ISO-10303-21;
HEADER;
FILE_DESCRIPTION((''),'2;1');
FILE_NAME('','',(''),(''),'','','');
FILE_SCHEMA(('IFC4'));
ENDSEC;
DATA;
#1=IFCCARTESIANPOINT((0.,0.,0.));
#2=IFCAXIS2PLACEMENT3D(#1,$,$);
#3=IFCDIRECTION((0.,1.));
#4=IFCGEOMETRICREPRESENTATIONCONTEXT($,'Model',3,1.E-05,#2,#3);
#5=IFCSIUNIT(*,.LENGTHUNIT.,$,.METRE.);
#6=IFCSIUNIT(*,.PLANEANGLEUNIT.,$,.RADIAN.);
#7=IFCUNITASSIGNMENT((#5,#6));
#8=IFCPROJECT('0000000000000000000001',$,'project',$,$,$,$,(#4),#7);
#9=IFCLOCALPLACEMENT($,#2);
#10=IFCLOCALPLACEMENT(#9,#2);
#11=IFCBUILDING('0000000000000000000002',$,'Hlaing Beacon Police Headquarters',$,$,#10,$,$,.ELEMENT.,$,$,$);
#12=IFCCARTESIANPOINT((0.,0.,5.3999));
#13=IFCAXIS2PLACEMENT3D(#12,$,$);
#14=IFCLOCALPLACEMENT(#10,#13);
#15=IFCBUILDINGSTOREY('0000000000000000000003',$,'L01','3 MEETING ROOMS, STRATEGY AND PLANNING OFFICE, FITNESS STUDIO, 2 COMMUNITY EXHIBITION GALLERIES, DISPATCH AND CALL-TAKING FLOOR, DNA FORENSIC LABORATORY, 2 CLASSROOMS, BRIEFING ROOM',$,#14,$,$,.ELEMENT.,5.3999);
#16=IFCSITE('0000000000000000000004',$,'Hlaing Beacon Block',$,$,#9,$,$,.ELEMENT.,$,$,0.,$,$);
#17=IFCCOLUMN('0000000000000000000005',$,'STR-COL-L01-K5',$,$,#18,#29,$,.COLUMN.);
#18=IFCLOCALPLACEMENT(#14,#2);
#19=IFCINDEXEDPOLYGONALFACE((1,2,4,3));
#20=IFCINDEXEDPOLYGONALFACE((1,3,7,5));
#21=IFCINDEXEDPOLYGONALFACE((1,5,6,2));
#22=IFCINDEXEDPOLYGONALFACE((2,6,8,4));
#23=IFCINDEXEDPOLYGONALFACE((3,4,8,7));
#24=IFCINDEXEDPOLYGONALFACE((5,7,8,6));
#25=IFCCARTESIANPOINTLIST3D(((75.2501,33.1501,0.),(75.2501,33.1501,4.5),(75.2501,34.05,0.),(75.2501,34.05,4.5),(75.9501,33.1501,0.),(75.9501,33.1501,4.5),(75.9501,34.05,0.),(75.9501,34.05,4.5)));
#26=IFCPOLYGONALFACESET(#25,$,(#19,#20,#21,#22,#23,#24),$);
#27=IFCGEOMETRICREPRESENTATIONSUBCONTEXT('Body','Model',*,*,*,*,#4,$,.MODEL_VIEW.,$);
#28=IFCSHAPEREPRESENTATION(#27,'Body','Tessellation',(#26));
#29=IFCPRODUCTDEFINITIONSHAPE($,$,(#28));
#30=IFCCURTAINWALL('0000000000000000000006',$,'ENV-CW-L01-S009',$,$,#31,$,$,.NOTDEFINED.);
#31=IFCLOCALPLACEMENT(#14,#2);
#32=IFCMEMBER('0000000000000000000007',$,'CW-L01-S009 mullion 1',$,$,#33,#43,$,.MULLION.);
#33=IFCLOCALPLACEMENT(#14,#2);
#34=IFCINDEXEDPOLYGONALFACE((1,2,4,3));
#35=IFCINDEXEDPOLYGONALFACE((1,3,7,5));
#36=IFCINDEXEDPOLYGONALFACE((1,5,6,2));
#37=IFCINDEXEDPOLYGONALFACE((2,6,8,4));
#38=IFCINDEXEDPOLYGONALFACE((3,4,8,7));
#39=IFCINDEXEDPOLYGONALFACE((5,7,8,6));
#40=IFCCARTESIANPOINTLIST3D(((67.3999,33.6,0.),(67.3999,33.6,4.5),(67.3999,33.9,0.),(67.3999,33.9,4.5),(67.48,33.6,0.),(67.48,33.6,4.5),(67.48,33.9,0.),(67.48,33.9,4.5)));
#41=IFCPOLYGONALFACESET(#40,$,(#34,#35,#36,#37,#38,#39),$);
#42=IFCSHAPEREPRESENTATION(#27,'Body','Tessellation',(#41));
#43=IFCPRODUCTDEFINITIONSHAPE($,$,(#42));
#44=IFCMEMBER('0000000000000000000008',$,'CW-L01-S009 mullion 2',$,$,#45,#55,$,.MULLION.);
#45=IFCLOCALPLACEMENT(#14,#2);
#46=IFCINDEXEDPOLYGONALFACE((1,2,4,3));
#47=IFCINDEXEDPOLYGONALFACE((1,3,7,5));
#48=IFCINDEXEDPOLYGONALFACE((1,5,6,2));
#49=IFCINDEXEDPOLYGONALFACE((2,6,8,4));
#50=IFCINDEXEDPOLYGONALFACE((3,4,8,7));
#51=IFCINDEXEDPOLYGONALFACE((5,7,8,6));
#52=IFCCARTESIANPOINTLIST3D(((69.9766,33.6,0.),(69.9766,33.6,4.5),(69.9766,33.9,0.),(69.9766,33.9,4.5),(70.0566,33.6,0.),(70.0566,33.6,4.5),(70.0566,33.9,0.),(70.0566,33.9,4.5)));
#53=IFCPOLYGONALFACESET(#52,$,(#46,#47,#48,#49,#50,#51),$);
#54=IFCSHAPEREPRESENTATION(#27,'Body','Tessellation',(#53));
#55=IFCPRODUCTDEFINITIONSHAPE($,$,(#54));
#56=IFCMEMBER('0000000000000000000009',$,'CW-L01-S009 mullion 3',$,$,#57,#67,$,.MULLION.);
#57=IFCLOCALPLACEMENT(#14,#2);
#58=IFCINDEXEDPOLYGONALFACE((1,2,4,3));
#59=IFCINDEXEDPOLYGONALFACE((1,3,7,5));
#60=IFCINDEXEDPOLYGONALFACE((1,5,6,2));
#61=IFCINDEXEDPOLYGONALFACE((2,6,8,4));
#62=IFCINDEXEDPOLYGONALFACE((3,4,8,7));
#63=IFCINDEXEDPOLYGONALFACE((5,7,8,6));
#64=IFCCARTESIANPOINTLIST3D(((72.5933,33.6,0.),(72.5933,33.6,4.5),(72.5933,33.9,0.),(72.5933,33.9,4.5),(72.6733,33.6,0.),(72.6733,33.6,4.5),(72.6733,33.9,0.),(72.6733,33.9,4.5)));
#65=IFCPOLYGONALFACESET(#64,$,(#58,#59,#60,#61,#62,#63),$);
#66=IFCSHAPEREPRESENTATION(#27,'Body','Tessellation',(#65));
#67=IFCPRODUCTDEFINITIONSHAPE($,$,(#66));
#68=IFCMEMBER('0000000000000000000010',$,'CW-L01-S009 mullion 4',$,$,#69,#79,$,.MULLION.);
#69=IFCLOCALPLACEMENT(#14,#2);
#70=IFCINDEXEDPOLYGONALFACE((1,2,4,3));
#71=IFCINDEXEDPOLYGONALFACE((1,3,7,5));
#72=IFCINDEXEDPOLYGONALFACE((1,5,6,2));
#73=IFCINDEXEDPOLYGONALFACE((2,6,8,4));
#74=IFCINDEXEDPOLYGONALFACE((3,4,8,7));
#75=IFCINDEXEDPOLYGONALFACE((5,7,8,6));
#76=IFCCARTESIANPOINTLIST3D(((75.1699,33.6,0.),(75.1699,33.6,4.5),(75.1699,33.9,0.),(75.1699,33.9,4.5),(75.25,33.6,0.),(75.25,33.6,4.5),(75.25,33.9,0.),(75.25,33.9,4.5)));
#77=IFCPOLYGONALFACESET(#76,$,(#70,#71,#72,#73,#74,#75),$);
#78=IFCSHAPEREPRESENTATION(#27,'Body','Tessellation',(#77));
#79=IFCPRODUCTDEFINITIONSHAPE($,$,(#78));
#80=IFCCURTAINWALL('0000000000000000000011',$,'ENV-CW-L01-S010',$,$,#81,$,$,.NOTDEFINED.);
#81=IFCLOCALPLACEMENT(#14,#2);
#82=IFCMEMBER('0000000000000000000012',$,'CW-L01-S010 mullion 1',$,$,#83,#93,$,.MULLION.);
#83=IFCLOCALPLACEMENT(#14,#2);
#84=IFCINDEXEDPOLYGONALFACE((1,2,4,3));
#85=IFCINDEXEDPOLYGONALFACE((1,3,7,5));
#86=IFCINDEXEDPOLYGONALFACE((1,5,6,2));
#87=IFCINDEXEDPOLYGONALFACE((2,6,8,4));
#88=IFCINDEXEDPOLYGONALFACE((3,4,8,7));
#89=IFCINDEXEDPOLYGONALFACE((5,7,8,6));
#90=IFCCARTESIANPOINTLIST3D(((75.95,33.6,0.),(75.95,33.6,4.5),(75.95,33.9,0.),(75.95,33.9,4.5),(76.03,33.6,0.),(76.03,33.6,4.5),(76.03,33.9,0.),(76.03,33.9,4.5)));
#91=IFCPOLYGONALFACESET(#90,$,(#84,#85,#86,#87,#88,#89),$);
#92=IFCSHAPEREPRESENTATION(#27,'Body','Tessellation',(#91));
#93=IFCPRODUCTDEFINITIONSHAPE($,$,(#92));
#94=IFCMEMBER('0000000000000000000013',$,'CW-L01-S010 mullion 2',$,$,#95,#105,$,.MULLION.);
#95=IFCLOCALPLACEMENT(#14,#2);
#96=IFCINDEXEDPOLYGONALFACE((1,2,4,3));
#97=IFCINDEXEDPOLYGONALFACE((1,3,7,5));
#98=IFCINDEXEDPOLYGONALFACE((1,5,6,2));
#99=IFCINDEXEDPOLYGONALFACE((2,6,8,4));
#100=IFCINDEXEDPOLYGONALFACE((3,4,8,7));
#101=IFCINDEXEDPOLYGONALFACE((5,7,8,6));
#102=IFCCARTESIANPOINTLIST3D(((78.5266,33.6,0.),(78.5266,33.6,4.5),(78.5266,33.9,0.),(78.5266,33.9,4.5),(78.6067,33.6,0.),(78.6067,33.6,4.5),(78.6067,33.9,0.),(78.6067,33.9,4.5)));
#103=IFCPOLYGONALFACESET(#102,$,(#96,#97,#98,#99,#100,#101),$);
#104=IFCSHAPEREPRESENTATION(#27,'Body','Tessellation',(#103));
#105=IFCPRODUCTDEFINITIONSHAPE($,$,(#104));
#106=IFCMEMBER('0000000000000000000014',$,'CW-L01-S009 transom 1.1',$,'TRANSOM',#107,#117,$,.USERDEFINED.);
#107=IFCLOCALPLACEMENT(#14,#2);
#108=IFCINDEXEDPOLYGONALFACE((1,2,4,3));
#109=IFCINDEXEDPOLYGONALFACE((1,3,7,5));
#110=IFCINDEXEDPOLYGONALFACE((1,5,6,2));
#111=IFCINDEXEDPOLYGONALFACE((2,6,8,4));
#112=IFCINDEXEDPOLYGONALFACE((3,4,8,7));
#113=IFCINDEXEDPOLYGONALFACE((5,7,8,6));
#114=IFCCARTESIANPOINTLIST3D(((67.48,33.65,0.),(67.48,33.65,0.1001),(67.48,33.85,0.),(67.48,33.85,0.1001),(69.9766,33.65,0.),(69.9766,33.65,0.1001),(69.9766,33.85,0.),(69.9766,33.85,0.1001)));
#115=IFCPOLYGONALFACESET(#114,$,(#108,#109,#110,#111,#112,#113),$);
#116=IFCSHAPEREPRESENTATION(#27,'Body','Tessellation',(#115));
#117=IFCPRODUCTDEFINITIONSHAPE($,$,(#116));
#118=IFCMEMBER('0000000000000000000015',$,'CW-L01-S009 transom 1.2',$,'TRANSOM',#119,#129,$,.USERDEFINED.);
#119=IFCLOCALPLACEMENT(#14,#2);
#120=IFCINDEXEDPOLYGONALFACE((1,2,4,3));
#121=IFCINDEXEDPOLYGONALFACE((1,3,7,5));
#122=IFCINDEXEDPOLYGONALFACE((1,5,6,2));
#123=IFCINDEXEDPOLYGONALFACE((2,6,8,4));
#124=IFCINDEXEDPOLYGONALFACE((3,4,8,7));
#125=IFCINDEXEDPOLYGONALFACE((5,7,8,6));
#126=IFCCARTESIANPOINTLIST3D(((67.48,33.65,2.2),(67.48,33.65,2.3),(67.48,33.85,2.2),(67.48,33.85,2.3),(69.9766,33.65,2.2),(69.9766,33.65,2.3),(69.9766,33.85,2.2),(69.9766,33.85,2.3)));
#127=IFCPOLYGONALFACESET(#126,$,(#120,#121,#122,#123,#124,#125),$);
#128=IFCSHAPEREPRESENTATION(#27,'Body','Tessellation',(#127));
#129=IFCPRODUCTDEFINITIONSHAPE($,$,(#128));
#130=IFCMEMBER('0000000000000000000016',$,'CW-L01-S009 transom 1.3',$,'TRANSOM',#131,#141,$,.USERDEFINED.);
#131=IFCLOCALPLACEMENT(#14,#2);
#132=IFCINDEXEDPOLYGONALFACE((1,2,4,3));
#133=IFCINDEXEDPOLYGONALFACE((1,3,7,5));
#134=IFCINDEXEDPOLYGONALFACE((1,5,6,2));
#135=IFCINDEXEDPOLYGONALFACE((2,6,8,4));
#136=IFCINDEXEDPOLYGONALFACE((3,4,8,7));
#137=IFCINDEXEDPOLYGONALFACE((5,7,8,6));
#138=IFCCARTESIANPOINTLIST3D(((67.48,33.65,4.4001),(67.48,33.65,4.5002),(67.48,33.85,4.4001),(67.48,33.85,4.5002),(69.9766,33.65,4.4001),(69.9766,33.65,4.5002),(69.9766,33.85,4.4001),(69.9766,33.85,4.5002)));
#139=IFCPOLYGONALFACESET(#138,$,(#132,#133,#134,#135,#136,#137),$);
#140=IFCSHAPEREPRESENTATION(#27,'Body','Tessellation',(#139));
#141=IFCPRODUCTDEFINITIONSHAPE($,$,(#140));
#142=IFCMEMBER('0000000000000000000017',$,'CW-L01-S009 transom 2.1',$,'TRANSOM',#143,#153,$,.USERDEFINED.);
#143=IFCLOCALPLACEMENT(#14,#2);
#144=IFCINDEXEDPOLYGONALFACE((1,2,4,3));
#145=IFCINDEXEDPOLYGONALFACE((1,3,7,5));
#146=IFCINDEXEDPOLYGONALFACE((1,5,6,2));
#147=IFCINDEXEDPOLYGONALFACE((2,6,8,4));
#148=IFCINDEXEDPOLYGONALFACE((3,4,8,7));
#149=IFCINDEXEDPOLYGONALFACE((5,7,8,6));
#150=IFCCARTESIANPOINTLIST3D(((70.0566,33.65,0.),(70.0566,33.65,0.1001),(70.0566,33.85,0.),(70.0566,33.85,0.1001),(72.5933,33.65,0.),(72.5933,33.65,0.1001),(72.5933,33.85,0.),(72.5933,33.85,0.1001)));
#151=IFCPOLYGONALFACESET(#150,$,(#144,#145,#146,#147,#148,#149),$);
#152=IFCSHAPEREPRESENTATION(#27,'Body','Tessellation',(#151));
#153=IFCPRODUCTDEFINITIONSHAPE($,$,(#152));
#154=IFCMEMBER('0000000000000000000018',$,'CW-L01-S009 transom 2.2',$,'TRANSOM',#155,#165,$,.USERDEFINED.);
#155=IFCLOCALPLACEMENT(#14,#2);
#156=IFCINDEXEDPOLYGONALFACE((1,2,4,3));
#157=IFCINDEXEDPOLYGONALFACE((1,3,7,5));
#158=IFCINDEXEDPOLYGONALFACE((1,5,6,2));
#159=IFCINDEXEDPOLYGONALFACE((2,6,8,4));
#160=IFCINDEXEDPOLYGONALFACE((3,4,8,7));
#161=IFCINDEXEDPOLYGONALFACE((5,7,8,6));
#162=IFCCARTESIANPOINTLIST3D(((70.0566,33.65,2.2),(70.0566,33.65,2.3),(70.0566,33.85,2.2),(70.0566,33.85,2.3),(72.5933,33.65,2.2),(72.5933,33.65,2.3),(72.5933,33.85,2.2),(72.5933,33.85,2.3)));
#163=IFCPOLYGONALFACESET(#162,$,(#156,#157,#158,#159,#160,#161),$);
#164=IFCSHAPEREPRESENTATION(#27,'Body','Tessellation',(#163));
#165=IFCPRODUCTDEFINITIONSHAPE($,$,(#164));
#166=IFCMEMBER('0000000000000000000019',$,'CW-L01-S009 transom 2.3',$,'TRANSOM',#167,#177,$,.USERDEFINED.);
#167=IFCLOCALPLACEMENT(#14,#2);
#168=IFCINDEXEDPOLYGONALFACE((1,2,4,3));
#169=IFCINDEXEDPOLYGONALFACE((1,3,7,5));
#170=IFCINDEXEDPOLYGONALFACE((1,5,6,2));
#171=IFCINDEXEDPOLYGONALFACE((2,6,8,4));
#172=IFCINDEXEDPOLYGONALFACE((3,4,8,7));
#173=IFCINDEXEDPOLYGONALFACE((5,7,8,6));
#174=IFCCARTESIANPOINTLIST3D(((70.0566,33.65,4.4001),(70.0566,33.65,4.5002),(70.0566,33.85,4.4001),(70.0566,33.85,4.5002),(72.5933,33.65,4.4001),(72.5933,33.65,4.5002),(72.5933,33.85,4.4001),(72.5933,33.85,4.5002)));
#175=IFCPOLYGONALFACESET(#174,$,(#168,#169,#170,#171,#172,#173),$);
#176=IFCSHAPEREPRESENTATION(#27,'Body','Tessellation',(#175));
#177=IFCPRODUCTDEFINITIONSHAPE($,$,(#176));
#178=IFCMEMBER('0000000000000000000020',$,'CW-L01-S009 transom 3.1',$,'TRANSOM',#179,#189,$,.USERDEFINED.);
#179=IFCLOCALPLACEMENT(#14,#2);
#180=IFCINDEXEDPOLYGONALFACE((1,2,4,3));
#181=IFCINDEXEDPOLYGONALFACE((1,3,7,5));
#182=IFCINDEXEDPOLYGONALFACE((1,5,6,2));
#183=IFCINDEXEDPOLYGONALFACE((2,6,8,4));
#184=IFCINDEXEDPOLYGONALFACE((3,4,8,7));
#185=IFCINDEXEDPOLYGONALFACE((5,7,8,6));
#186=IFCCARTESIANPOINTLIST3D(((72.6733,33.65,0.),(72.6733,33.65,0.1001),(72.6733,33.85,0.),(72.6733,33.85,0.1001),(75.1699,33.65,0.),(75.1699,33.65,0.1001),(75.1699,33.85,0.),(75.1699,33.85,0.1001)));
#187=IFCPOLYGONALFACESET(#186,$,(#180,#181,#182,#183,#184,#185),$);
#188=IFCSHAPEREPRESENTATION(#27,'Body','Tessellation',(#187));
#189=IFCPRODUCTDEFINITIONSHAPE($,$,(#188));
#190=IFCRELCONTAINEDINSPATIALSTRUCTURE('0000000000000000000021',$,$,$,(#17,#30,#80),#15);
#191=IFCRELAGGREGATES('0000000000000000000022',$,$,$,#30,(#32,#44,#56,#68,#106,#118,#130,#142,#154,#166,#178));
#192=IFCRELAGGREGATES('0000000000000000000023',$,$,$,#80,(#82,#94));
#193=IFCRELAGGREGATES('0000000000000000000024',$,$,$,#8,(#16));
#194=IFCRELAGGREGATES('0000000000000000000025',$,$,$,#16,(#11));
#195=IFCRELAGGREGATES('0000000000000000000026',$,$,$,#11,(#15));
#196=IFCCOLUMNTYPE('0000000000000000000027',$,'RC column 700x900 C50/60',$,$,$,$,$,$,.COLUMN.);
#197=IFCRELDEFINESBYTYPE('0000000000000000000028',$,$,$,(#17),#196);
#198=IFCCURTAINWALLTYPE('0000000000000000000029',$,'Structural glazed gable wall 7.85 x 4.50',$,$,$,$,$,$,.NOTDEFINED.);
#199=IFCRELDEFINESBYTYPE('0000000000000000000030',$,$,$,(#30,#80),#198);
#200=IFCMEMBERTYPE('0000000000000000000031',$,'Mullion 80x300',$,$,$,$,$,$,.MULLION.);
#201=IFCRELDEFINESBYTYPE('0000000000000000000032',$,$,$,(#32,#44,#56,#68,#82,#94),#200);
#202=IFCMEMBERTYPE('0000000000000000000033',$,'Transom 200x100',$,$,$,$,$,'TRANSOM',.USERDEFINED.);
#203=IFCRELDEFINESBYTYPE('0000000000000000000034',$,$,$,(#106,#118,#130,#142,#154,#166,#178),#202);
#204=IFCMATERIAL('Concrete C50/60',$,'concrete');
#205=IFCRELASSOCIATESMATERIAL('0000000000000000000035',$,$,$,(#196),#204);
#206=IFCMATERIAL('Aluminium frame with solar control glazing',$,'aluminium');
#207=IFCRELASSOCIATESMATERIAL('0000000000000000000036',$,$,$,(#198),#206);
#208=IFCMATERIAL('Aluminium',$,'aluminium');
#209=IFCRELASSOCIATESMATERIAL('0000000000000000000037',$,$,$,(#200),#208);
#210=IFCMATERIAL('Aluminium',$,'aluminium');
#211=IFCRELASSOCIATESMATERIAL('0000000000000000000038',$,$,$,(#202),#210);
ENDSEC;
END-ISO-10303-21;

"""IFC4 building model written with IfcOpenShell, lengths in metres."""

from ifc_helpers import new_model, si_unit, direction, frame, origin, origin_2d, place, context, subcontext, project, spatial, rectangle, extrude, material, material_profile, profile_set, type_object, element, aggregate, save


model = new_model("IFC4")

# Units and contexts
model_context = context("Model", 3, precision=1e-05, world=origin(), true_north=direction((0.0, 1.0)))
body_context = subcontext(model_context, "Body", "Model", "MODEL_VIEW")
ifc_project = project(units=[si_unit("LENGTHUNIT", "METRE"), si_unit("PLANEANGLEUNIT", "RADIAN")], contexts=[model_context])

# Site, building, storey
site_placement = place(None, origin())
site = spatial("IfcSite", under=ifc_project, at=site_placement, Name="Hlaing Beacon Block", CompositionType="ELEMENT", RefElevation=0.0)
building_placement = place(site_placement, origin())
building = spatial("IfcBuilding", under=site, at=building_placement, Name="Hlaing Beacon Police Headquarters", CompositionType="ELEMENT")
storey_placement = place(building_placement, frame((0.0, 0.0, 5.3999)))
storey = spatial("IfcBuildingStorey", under=building, at=storey_placement, Name="L01", Description="3 MEETING ROOMS, STRATEGY AND PLANNING OFFICE, FITNESS STUDIO, 2 COMMUNITY EXHIBITION GALLERIES, DISPATCH AND CALL-TAKING FLOOR, DNA FORENSIC LABORATORY, 2 CLASSROOMS, BRIEFING ROOM", CompositionType="ELEMENT", Elevation=5.3999)

# Column
ifc_material_1 = material(Name="Concrete C50/60", Category="concrete")
ifc_material_profile_1 = material_profile(ifc_material_1, rectangle(XDim=0.7, YDim=0.8999, at=origin_2d()), Name="700x900")
ifc_profile_set_1 = profile_set([ifc_material_profile_1], Name="Concrete C50/60")
column_type = type_object("IfcColumnType", Name="RC column 700x900 C50/60", PredefinedType="COLUMN", material=ifc_profile_set_1)
column_placement = place(storey_placement, frame((75.6001, 33.6001, 0.0), z_axis=(0.0, 0.0, 1.0), x_axis=(1.0, 0.0, 0.0)))
element("IfcColumn", 1, at=column_placement, inside=storey, type_object=column_type, Name="STR-COL-L01-K5", PredefinedType="COLUMN", context=body_context, shape_type="SweptSolid", body=[
    extrude(rectangle(XDim=0.7, YDim=0.8999, at=origin_2d()), origin(), (0.0, 0.0, 1.0), 4.5),
])

# Curtain walls, members
ifc_material_2 = material(Name="Aluminium frame with solar control glazing", Category="aluminium")
curtain_wall_type = type_object("IfcCurtainWallType", Name="Structural glazed gable wall 7.85 x 4.50", PredefinedType="NOTDEFINED", material=ifc_material_2)
curtain_wall_1_placement = place(storey_placement, origin())
curtain_wall_1 = element("IfcCurtainWall", 2, at=curtain_wall_1_placement, inside=storey, type_object=curtain_wall_type, Name="ENV-CW-L01-S009", PredefinedType="NOTDEFINED")
ifc_material_3 = material(Name="Aluminium", Category="aluminium")
ifc_material_profile_2 = material_profile(ifc_material_3, rectangle(XDim=0.3, YDim=0.0801, at=origin_2d()), Name="Mullion 80x300")
ifc_profile_set_2 = profile_set([ifc_material_profile_2], Name="Aluminium")
member_type_1 = type_object("IfcMemberType", Name="Mullion 80x300", PredefinedType="MULLION", material=ifc_profile_set_2)
member_1_placement = place(storey_placement, frame((67.4399, 33.75, 0.0), z_axis=(0.0, 0.0, 1.0), x_axis=(0.0, 1.0, 0.0)))
member_1 = element("IfcMember", 3, at=member_1_placement, type_object=member_type_1, Name="CW-L01-S009 mullion 1", PredefinedType="MULLION", context=body_context, shape_type="SweptSolid", body=[
    extrude(rectangle(XDim=0.3, YDim=0.0801, at=origin_2d()), origin(), (0.0, 0.0, 1.0), 4.5),
])
member_2_placement = place(storey_placement, frame((70.0166, 33.75, 0.0), z_axis=(0.0, 0.0, 1.0), x_axis=(0.0, 1.0, 0.0)))
member_2 = element("IfcMember", 4, at=member_2_placement, type_object=member_type_1, Name="CW-L01-S009 mullion 2", PredefinedType="MULLION", context=body_context, shape_type="SweptSolid", body=[
    extrude(rectangle(XDim=0.3, YDim=0.0801, at=origin_2d()), origin(), (0.0, 0.0, 1.0), 4.5),
])
member_3_placement = place(storey_placement, frame((72.6333, 33.75, 0.0), z_axis=(0.0, 0.0, 1.0), x_axis=(0.0, 1.0, 0.0)))
member_3 = element("IfcMember", 5, at=member_3_placement, type_object=member_type_1, Name="CW-L01-S009 mullion 3", PredefinedType="MULLION", context=body_context, shape_type="SweptSolid", body=[
    extrude(rectangle(XDim=0.3, YDim=0.0801, at=origin_2d()), origin(), (0.0, 0.0, 1.0), 4.5),
])
member_4_placement = place(storey_placement, frame((75.21, 33.75, 0.0), z_axis=(0.0, 0.0, 1.0), x_axis=(0.0, 1.0, 0.0)))
member_4 = element("IfcMember", 6, at=member_4_placement, type_object=member_type_1, Name="CW-L01-S009 mullion 4", PredefinedType="MULLION", context=body_context, shape_type="SweptSolid", body=[
    extrude(rectangle(XDim=0.3, YDim=0.0801, at=origin_2d()), origin(), (0.0, 0.0, 1.0), 4.5),
])
curtain_wall_2_placement = place(storey_placement, origin())
curtain_wall_2 = element("IfcCurtainWall", 7, at=curtain_wall_2_placement, inside=storey, type_object=curtain_wall_type, Name="ENV-CW-L01-S010", PredefinedType="NOTDEFINED")
member_5_placement = place(storey_placement, frame((75.99, 33.75, 0.0), z_axis=(0.0, 0.0, 1.0), x_axis=(0.0, 1.0, 0.0)))
member_5 = element("IfcMember", 8, at=member_5_placement, type_object=member_type_1, Name="CW-L01-S010 mullion 1", PredefinedType="MULLION", context=body_context, shape_type="SweptSolid", body=[
    extrude(rectangle(XDim=0.3, YDim=0.0801, at=origin_2d()), origin(), (0.0, 0.0, 1.0), 4.5),
])
member_6_placement = place(storey_placement, frame((78.5667, 33.75, 0.0), z_axis=(0.0, 0.0, 1.0), x_axis=(0.0, 1.0, 0.0)))
member_6 = element("IfcMember", 9, at=member_6_placement, type_object=member_type_1, Name="CW-L01-S010 mullion 2", PredefinedType="MULLION", context=body_context, shape_type="SweptSolid", body=[
    extrude(rectangle(XDim=0.3, YDim=0.0801, at=origin_2d()), origin(), (0.0, 0.0, 1.0), 4.5),
])

# Members
ifc_material_4 = material(Name="Aluminium", Category="aluminium")
ifc_material_profile_3 = material_profile(ifc_material_4, rectangle(XDim=0.2, YDim=0.1001, at=origin_2d()), Name="Transom 200x100")
ifc_profile_set_3 = profile_set([ifc_material_profile_3], Name="Aluminium")
member_type_2 = type_object("IfcMemberType", Name="Transom 200x100", ElementType="TRANSOM", PredefinedType="USERDEFINED", material=ifc_profile_set_3)
member_7_placement = place(storey_placement, frame((67.48, 33.75, 0.05), z_axis=(1.0, 0.0, 0.0), x_axis=(0.0, 1.0, 0.0)))
member_7 = element("IfcMember", 10, at=member_7_placement, type_object=member_type_2, Name="CW-L01-S009 transom 1.1", ObjectType="TRANSOM", PredefinedType="USERDEFINED", context=body_context, shape_type="SweptSolid", body=[
    extrude(rectangle(XDim=0.2, YDim=0.1001, at=origin_2d()), origin(), (0.0, 0.0, 1.0), 2.4966),
])
member_8_placement = place(storey_placement, frame((67.48, 33.75, 2.25), z_axis=(1.0, 0.0, 0.0), x_axis=(0.0, 1.0, 0.0)))
member_8 = element("IfcMember", 11, at=member_8_placement, type_object=member_type_2, Name="CW-L01-S009 transom 1.2", ObjectType="TRANSOM", PredefinedType="USERDEFINED", context=body_context, shape_type="SweptSolid", body=[
    extrude(rectangle(XDim=0.2, YDim=0.1001, at=origin_2d()), origin(), (0.0, 0.0, 1.0), 2.4966),
])
member_9_placement = place(storey_placement, frame((67.48, 33.75, 4.4502), z_axis=(1.0, 0.0, 0.0), x_axis=(0.0, 1.0, 0.0)))
member_9 = element("IfcMember", 12, at=member_9_placement, type_object=member_type_2, Name="CW-L01-S009 transom 1.3", ObjectType="TRANSOM", PredefinedType="USERDEFINED", context=body_context, shape_type="SweptSolid", body=[
    extrude(rectangle(XDim=0.2, YDim=0.1001, at=origin_2d()), origin(), (0.0, 0.0, 1.0), 2.4966),
])
member_10_placement = place(storey_placement, frame((70.0566, 33.75, 0.05), z_axis=(1.0, 0.0, 0.0), x_axis=(0.0, 1.0, 0.0)))
member_10 = element("IfcMember", 13, at=member_10_placement, type_object=member_type_2, Name="CW-L01-S009 transom 2.1", ObjectType="TRANSOM", PredefinedType="USERDEFINED", context=body_context, shape_type="SweptSolid", body=[
    extrude(rectangle(XDim=0.2, YDim=0.1001, at=origin_2d()), origin(), (0.0, 0.0, 1.0), 2.5366),
])
member_11_placement = place(storey_placement, frame((70.0566, 33.75, 2.25), z_axis=(1.0, 0.0, 0.0), x_axis=(0.0, 1.0, 0.0)))
member_11 = element("IfcMember", 14, at=member_11_placement, type_object=member_type_2, Name="CW-L01-S009 transom 2.2", ObjectType="TRANSOM", PredefinedType="USERDEFINED", context=body_context, shape_type="SweptSolid", body=[
    extrude(rectangle(XDim=0.2, YDim=0.1001, at=origin_2d()), origin(), (0.0, 0.0, 1.0), 2.5366),
])
member_12_placement = place(storey_placement, frame((70.0566, 33.75, 4.4502), z_axis=(1.0, 0.0, 0.0), x_axis=(0.0, 1.0, 0.0)))
member_12 = element("IfcMember", 15, at=member_12_placement, type_object=member_type_2, Name="CW-L01-S009 transom 2.3", ObjectType="TRANSOM", PredefinedType="USERDEFINED", context=body_context, shape_type="SweptSolid", body=[
    extrude(rectangle(XDim=0.2, YDim=0.1001, at=origin_2d()), origin(), (0.0, 0.0, 1.0), 2.5366),
])
member_13_placement = place(storey_placement, frame((72.6733, 33.75, 0.05), z_axis=(1.0, 0.0, 0.0), x_axis=(0.0, 1.0, 0.0)))
member_13 = element("IfcMember", 16, at=member_13_placement, type_object=member_type_2, Name="CW-L01-S009 transom 3.1", ObjectType="TRANSOM", PredefinedType="USERDEFINED", context=body_context, shape_type="SweptSolid", body=[
    extrude(rectangle(XDim=0.2, YDim=0.1001, at=origin_2d()), origin(), (0.0, 0.0, 1.0), 2.4966),
])

aggregate(curtain_wall_1, [member_1, member_2, member_3, member_4, member_7, member_8, member_9, member_10, member_11, member_12, member_13])
aggregate(curtain_wall_2, [member_5, member_6])

save(model, "model.ifc")
